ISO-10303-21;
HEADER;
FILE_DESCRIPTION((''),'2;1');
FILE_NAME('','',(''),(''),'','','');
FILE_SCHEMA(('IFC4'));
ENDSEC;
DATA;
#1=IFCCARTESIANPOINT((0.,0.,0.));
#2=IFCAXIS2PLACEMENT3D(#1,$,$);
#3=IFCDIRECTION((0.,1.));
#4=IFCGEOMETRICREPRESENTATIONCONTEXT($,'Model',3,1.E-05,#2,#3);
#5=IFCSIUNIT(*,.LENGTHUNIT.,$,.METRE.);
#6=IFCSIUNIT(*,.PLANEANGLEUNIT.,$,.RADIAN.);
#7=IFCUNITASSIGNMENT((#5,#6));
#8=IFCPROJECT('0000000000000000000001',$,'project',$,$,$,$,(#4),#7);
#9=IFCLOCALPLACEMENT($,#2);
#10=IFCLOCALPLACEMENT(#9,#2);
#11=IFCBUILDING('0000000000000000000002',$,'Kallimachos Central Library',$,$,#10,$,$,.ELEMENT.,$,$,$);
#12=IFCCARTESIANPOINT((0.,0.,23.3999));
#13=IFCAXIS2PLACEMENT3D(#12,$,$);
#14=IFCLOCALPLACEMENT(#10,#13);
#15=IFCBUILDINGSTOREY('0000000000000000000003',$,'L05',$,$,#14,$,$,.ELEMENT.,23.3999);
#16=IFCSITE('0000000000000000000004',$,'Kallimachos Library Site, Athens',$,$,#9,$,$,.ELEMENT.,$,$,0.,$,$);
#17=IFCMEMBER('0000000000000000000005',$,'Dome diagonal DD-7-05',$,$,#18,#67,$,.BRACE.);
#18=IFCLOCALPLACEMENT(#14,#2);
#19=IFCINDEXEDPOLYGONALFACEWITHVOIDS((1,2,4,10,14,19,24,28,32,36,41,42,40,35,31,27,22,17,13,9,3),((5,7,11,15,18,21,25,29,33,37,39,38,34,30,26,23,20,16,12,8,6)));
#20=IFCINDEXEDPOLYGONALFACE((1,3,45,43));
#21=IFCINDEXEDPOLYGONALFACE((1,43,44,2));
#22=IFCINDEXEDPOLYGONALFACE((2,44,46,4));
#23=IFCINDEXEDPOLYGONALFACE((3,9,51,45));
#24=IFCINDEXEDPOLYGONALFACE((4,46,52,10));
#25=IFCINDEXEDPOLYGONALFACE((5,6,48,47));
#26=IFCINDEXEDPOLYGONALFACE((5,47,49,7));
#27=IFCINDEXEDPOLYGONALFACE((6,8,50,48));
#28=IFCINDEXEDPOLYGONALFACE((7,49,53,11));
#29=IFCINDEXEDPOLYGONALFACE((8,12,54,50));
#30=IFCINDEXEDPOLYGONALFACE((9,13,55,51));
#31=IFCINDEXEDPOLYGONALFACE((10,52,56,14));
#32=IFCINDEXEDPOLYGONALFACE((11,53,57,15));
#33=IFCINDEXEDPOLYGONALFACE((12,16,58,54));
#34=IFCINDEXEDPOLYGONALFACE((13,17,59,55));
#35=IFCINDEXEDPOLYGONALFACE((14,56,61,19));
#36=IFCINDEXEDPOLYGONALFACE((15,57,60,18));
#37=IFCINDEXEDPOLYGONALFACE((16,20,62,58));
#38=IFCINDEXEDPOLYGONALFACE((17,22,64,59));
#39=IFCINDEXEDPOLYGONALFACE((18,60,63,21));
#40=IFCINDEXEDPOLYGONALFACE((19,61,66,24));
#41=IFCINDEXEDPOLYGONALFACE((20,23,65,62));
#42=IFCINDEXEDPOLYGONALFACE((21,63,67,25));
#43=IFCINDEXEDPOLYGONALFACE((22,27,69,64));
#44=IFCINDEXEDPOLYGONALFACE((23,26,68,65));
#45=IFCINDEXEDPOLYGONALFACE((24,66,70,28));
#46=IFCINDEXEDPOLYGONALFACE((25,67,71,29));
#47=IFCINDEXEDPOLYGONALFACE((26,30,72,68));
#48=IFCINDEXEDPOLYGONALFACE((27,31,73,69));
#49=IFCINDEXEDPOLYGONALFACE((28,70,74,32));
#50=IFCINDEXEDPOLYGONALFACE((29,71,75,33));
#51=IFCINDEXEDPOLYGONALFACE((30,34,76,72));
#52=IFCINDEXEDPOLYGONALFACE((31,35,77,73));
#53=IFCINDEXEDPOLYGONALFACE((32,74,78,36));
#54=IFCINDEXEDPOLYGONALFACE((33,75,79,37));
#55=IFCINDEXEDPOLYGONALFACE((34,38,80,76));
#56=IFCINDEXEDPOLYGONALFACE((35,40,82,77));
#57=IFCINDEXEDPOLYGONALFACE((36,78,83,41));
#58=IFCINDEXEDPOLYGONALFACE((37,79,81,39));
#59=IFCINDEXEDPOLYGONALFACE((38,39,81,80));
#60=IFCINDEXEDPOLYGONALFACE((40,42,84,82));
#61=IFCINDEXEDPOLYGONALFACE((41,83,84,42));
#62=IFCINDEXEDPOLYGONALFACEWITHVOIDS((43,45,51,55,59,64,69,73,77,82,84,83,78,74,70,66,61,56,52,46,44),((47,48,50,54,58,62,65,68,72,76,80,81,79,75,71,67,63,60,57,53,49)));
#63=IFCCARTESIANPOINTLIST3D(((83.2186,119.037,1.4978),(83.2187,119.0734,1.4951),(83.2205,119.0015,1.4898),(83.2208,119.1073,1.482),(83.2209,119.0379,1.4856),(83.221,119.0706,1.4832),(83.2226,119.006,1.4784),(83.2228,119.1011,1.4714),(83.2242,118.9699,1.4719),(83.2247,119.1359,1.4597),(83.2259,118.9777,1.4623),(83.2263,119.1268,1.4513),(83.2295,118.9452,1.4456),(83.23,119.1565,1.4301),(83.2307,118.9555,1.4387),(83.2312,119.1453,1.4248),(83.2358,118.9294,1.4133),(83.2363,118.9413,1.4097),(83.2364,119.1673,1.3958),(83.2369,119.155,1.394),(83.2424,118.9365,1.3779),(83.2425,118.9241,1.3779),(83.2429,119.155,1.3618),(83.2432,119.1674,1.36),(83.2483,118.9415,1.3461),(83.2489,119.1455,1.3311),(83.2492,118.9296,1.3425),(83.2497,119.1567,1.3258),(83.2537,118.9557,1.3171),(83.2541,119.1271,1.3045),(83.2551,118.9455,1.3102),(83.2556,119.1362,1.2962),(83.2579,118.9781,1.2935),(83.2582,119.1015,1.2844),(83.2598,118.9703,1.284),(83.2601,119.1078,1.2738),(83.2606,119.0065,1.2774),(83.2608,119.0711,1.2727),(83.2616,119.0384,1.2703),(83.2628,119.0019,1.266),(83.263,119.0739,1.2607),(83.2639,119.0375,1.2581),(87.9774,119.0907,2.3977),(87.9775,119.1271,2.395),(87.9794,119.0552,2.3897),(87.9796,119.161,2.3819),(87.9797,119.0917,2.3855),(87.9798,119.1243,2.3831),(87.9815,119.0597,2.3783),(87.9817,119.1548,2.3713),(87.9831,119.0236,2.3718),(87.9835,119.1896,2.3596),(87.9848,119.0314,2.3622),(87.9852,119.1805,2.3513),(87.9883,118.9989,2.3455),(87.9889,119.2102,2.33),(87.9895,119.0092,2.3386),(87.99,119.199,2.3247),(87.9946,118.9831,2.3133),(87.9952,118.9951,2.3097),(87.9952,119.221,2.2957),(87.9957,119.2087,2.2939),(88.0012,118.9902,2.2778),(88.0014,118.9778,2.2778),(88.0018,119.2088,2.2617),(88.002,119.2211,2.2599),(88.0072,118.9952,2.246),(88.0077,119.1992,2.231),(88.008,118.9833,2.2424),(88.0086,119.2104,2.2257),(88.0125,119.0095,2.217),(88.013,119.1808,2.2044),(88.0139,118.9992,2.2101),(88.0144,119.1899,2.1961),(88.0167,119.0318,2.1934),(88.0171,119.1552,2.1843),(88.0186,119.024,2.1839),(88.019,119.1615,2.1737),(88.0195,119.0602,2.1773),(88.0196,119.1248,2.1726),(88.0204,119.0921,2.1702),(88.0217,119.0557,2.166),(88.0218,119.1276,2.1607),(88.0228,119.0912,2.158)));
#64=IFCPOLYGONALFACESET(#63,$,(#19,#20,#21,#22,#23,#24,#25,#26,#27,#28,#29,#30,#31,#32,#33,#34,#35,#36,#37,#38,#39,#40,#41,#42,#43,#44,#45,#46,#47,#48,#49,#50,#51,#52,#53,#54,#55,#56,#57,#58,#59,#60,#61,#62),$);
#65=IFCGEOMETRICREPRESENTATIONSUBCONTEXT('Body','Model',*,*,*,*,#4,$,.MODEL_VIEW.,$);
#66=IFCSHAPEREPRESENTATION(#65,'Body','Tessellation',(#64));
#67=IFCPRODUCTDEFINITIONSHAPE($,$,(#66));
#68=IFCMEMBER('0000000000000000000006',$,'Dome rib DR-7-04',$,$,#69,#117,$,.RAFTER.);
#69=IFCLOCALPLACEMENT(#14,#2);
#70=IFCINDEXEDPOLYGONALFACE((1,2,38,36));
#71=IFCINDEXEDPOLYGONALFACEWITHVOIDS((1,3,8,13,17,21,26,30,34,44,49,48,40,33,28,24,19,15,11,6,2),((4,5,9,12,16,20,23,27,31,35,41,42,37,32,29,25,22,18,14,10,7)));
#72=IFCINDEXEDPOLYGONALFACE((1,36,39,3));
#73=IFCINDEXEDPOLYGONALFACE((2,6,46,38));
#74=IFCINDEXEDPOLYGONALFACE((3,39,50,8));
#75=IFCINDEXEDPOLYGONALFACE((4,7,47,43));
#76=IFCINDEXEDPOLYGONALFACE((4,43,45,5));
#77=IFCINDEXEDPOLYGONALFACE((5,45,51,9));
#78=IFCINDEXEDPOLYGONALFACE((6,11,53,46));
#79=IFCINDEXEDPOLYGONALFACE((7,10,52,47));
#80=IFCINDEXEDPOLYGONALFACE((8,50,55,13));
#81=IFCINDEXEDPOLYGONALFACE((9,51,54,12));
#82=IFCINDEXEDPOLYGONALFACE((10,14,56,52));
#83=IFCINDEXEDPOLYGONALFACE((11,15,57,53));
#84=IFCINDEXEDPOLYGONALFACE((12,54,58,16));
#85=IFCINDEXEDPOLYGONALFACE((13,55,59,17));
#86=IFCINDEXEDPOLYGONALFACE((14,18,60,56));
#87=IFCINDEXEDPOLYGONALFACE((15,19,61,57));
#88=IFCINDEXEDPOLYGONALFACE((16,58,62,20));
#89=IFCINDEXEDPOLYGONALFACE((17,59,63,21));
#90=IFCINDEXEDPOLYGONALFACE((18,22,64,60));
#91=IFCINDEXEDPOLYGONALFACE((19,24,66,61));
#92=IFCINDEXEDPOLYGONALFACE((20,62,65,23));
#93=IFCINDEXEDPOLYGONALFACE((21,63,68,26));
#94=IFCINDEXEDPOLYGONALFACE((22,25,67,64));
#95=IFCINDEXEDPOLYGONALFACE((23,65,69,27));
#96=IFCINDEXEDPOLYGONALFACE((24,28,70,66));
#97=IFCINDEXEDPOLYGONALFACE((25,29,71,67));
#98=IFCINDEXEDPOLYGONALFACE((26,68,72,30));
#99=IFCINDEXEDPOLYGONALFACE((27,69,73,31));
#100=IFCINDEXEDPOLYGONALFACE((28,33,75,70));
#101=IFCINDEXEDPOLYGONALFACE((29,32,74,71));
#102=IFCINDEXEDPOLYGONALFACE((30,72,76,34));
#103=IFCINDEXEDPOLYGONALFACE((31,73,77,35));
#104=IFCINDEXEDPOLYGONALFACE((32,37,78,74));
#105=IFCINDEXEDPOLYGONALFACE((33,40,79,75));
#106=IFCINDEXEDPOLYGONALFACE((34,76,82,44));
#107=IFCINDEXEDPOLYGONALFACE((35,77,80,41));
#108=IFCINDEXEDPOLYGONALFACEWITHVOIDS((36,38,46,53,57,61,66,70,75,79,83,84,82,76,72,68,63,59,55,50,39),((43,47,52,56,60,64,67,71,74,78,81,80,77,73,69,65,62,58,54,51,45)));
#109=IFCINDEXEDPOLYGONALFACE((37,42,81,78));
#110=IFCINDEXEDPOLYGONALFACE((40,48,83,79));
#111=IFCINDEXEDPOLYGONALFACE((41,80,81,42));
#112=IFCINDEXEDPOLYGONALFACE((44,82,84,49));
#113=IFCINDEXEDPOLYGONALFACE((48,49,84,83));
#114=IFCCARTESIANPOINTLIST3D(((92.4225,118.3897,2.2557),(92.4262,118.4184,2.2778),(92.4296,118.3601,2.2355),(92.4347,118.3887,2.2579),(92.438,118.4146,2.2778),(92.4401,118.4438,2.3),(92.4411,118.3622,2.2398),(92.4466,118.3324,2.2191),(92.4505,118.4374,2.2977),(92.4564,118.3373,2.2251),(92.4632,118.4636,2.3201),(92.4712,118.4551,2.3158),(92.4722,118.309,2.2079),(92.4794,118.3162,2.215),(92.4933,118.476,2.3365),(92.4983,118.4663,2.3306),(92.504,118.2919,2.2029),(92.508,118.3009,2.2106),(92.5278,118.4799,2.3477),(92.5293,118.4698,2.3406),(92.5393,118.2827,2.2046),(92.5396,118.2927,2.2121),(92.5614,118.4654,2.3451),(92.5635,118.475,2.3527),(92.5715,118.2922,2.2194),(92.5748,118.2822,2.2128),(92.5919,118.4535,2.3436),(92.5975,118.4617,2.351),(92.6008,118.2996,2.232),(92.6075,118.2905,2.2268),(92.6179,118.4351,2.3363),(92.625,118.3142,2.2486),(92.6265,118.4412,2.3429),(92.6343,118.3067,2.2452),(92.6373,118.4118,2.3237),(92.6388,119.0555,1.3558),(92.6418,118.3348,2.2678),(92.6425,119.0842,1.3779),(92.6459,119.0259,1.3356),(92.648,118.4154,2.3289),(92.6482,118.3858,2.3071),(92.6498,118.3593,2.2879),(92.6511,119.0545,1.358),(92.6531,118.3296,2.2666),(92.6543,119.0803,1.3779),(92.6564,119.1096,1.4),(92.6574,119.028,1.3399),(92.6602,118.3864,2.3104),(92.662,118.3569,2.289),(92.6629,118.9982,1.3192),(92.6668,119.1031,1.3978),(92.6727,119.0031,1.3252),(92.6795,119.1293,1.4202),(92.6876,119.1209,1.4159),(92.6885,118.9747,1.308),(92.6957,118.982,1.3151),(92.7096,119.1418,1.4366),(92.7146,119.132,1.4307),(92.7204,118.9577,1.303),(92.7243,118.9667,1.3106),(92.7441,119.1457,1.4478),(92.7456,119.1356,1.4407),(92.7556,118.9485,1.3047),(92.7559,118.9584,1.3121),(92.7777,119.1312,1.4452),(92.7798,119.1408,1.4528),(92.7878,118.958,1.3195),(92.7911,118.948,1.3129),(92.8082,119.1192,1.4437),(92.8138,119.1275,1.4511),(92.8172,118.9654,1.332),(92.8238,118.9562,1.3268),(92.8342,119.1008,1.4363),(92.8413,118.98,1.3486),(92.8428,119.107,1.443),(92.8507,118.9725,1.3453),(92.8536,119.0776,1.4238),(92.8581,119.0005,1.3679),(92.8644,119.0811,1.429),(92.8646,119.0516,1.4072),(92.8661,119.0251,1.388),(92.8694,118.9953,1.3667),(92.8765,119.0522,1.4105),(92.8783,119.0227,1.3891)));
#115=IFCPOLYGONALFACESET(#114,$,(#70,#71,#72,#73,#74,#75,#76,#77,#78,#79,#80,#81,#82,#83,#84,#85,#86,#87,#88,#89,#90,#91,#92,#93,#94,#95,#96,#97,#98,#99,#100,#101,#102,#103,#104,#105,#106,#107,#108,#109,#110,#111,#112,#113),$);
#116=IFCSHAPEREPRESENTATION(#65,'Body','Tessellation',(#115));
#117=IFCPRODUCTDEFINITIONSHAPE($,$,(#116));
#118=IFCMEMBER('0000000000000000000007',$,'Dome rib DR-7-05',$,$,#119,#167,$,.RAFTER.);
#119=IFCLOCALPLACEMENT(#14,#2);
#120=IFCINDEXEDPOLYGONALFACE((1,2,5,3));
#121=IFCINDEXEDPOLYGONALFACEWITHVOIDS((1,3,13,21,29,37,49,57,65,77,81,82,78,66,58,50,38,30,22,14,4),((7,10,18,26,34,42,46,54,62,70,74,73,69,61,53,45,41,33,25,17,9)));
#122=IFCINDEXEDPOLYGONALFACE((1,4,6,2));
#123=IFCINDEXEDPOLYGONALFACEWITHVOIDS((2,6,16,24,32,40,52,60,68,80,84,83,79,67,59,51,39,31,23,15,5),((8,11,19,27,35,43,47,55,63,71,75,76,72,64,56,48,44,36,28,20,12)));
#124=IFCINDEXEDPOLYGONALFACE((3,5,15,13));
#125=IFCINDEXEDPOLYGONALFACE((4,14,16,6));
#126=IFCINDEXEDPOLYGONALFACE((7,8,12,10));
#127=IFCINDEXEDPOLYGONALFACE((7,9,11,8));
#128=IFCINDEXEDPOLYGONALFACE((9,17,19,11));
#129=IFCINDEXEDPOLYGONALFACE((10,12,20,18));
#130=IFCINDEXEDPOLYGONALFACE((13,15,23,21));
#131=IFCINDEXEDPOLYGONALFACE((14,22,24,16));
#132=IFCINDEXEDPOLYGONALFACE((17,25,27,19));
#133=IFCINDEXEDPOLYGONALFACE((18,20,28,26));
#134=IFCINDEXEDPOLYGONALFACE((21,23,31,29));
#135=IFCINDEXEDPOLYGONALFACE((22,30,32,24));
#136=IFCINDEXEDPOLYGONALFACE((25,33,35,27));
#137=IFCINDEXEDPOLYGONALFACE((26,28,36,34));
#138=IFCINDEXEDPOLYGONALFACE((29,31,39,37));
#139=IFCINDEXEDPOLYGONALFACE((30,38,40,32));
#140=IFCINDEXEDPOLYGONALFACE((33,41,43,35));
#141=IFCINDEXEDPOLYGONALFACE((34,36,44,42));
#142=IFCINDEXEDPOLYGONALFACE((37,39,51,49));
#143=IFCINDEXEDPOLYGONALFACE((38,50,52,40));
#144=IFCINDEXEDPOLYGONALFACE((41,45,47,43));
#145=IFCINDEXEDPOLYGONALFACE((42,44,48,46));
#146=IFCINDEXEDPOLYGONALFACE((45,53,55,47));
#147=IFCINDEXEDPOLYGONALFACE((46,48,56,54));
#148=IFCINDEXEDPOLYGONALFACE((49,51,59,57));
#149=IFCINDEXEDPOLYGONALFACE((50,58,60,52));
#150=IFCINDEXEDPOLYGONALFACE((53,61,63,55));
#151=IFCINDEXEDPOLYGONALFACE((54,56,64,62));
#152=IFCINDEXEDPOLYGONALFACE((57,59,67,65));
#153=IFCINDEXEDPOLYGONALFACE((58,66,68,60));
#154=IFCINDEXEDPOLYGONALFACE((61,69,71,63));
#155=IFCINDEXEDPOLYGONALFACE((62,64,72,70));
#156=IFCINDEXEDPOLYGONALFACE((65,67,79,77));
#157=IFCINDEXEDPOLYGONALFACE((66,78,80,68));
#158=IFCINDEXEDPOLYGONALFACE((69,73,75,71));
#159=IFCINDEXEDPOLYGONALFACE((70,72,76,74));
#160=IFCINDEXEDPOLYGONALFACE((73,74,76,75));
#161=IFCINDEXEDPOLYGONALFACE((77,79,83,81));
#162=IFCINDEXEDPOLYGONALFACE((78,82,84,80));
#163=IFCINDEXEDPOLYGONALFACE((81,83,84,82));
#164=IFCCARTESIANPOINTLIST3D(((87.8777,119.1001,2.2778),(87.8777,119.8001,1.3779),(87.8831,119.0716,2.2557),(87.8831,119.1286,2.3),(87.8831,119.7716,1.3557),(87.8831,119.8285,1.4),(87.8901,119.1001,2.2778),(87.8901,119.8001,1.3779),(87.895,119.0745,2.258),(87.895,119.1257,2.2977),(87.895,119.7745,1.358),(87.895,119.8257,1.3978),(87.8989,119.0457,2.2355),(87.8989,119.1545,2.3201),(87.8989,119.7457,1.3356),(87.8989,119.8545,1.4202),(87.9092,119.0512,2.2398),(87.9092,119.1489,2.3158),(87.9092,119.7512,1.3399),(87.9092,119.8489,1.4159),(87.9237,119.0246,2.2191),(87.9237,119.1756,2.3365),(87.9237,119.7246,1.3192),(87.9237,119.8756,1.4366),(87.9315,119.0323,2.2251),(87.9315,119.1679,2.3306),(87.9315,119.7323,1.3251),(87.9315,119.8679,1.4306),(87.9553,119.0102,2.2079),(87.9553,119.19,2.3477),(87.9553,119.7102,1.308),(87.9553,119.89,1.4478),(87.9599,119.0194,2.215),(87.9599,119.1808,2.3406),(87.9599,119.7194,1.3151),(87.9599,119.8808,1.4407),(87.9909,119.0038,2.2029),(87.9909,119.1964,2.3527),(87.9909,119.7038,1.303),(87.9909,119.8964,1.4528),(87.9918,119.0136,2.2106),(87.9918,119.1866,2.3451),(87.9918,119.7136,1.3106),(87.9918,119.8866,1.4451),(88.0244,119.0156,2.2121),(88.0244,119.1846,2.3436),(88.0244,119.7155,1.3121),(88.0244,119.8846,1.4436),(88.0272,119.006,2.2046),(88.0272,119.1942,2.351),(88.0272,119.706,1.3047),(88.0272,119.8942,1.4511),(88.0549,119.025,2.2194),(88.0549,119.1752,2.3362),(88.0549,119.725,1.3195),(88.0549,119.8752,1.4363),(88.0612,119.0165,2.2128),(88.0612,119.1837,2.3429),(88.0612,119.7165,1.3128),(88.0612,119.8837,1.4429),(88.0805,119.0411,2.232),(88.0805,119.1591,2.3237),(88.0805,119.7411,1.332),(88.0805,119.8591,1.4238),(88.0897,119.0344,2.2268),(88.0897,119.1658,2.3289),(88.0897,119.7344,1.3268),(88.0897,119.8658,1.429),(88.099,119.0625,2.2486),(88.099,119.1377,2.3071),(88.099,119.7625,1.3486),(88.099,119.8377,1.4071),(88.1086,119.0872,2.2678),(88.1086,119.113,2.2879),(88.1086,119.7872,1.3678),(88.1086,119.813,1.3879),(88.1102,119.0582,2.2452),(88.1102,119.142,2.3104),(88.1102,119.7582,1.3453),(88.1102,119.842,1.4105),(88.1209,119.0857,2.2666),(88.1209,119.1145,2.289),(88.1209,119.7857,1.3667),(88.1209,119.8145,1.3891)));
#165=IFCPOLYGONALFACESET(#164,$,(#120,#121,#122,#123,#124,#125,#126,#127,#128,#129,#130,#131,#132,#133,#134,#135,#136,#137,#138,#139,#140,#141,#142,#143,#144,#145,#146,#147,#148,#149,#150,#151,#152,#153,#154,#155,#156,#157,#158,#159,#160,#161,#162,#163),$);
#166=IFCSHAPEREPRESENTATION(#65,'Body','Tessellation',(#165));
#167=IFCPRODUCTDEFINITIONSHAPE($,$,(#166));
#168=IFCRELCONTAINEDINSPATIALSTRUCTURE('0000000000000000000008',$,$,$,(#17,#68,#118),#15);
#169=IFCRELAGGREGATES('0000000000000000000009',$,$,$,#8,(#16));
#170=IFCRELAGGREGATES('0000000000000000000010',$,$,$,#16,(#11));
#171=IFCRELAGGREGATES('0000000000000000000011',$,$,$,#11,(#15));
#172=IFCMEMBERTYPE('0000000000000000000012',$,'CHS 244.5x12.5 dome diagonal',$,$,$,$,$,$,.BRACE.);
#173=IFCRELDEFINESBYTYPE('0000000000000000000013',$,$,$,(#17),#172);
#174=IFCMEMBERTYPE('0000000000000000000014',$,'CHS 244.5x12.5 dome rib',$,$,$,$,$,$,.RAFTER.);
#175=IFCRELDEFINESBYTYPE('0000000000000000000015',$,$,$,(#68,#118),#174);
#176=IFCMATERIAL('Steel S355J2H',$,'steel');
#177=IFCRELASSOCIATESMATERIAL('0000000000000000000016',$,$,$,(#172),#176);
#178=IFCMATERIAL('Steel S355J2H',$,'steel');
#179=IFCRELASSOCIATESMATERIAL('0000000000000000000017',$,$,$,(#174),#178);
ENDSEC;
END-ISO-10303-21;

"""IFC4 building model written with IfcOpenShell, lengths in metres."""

from ifc_helpers import new_model, si_unit, direction, frame, origin, origin_2d, place, context, subcontext, project, spatial, hollow_circle, extrude, material, material_profile, profile_set, type_object, element, save


model = new_model("IFC4")

# Units and contexts
model_context = context("Model", 3, precision=1e-05, world=origin(), true_north=direction((0.0, 1.0)))
body_context = subcontext(model_context, "Body", "Model", "MODEL_VIEW")
ifc_project = project(units=[si_unit("LENGTHUNIT", "METRE"), si_unit("PLANEANGLEUNIT", "RADIAN")], contexts=[model_context])

# Site, building, storey
site_placement = place(None, origin())
site = spatial("IfcSite", under=ifc_project, at=site_placement, Name="Kallimachos Library Site, Athens", CompositionType="ELEMENT", RefElevation=0.0)
building_placement = place(site_placement, origin())
building = spatial("IfcBuilding", under=site, at=building_placement, Name="Kallimachos Central Library", CompositionType="ELEMENT")
storey_placement = place(building_placement, frame((0.0, 0.0, 23.3999)))
storey = spatial("IfcBuildingStorey", under=building, at=storey_placement, Name="L05", CompositionType="ELEMENT", Elevation=23.3999)

# Members
ifc_material_1 = material(Name="Steel S355J2H", Category="steel")
ifc_material_profile_1 = material_profile(ifc_material_1, hollow_circle(Radius=0.1223, WallThickness=0.0125, at=origin_2d()), Name="CHS 244.5x12.5")
ifc_profile_set_1 = profile_set([ifc_material_profile_1], Name="Steel S355J2H")
member_type_1 = type_object("IfcMemberType", Name="CHS 244.5x12.5 dome diagonal", PredefinedType="BRACE", material=ifc_profile_set_1)
for number, where, z_axis, x_axis, name in (
    (1, (88.0, 119.1001, 2.2778), (-0.982525, -0.011089, -0.185799), (0.011286, -0.999936, 0.0), "Dome diagonal DD-7-05"),
):
    element("IfcMember", number, at=place(storey_placement, frame(where, z_axis=z_axis, x_axis=x_axis)), inside=storey, type_object=member_type_1, Name=name, PredefinedType="BRACE", context=body_context, shape_type="SweptSolid", body=[
        extrude(hollow_circle(Radius=0.1223, WallThickness=0.0125, at=origin_2d()), origin(), (0.0, 0.0, 1.0), 4.8435),
    ])
ifc_material_2 = material(Name="Steel S355J2H", Category="steel")
ifc_material_profile_2 = material_profile(ifc_material_2, hollow_circle(Radius=0.1223, WallThickness=0.0125, at=origin_2d()), Name="CHS 244.5x12.5")
ifc_profile_set_2 = profile_set([ifc_material_profile_2], Name="Steel S355J2H")
member_type_2 = type_object("IfcMemberType", Name="CHS 244.5x12.5 dome rib", PredefinedType="RAFTER", material=ifc_profile_set_2)
for number, where, z_axis, x_axis, name in (
    (2, (92.5425, 118.3806, 2.2778), (0.189725, 0.58395, -0.789307), (-0.951062, 0.308999, 0.0), "Dome rib DR-7-04"),
    (3, (88.0, 119.1001, 2.2778), (0.0, 0.613955, -0.789341), (-1.0, 0.0, 0.0), "Dome rib DR-7-05"),
):
    element("IfcMember", number, at=place(storey_placement, frame(where, z_axis=z_axis, x_axis=x_axis)), inside=storey, type_object=member_type_2, Name=name, PredefinedType="RAFTER", context=body_context, shape_type="SweptSolid", body=[
        extrude(hollow_circle(Radius=0.1223, WallThickness=0.0125, at=origin_2d()), origin(), (0.0, 0.0, 1.0), 1.1401),
    ])

save(model, "model.ifc")
